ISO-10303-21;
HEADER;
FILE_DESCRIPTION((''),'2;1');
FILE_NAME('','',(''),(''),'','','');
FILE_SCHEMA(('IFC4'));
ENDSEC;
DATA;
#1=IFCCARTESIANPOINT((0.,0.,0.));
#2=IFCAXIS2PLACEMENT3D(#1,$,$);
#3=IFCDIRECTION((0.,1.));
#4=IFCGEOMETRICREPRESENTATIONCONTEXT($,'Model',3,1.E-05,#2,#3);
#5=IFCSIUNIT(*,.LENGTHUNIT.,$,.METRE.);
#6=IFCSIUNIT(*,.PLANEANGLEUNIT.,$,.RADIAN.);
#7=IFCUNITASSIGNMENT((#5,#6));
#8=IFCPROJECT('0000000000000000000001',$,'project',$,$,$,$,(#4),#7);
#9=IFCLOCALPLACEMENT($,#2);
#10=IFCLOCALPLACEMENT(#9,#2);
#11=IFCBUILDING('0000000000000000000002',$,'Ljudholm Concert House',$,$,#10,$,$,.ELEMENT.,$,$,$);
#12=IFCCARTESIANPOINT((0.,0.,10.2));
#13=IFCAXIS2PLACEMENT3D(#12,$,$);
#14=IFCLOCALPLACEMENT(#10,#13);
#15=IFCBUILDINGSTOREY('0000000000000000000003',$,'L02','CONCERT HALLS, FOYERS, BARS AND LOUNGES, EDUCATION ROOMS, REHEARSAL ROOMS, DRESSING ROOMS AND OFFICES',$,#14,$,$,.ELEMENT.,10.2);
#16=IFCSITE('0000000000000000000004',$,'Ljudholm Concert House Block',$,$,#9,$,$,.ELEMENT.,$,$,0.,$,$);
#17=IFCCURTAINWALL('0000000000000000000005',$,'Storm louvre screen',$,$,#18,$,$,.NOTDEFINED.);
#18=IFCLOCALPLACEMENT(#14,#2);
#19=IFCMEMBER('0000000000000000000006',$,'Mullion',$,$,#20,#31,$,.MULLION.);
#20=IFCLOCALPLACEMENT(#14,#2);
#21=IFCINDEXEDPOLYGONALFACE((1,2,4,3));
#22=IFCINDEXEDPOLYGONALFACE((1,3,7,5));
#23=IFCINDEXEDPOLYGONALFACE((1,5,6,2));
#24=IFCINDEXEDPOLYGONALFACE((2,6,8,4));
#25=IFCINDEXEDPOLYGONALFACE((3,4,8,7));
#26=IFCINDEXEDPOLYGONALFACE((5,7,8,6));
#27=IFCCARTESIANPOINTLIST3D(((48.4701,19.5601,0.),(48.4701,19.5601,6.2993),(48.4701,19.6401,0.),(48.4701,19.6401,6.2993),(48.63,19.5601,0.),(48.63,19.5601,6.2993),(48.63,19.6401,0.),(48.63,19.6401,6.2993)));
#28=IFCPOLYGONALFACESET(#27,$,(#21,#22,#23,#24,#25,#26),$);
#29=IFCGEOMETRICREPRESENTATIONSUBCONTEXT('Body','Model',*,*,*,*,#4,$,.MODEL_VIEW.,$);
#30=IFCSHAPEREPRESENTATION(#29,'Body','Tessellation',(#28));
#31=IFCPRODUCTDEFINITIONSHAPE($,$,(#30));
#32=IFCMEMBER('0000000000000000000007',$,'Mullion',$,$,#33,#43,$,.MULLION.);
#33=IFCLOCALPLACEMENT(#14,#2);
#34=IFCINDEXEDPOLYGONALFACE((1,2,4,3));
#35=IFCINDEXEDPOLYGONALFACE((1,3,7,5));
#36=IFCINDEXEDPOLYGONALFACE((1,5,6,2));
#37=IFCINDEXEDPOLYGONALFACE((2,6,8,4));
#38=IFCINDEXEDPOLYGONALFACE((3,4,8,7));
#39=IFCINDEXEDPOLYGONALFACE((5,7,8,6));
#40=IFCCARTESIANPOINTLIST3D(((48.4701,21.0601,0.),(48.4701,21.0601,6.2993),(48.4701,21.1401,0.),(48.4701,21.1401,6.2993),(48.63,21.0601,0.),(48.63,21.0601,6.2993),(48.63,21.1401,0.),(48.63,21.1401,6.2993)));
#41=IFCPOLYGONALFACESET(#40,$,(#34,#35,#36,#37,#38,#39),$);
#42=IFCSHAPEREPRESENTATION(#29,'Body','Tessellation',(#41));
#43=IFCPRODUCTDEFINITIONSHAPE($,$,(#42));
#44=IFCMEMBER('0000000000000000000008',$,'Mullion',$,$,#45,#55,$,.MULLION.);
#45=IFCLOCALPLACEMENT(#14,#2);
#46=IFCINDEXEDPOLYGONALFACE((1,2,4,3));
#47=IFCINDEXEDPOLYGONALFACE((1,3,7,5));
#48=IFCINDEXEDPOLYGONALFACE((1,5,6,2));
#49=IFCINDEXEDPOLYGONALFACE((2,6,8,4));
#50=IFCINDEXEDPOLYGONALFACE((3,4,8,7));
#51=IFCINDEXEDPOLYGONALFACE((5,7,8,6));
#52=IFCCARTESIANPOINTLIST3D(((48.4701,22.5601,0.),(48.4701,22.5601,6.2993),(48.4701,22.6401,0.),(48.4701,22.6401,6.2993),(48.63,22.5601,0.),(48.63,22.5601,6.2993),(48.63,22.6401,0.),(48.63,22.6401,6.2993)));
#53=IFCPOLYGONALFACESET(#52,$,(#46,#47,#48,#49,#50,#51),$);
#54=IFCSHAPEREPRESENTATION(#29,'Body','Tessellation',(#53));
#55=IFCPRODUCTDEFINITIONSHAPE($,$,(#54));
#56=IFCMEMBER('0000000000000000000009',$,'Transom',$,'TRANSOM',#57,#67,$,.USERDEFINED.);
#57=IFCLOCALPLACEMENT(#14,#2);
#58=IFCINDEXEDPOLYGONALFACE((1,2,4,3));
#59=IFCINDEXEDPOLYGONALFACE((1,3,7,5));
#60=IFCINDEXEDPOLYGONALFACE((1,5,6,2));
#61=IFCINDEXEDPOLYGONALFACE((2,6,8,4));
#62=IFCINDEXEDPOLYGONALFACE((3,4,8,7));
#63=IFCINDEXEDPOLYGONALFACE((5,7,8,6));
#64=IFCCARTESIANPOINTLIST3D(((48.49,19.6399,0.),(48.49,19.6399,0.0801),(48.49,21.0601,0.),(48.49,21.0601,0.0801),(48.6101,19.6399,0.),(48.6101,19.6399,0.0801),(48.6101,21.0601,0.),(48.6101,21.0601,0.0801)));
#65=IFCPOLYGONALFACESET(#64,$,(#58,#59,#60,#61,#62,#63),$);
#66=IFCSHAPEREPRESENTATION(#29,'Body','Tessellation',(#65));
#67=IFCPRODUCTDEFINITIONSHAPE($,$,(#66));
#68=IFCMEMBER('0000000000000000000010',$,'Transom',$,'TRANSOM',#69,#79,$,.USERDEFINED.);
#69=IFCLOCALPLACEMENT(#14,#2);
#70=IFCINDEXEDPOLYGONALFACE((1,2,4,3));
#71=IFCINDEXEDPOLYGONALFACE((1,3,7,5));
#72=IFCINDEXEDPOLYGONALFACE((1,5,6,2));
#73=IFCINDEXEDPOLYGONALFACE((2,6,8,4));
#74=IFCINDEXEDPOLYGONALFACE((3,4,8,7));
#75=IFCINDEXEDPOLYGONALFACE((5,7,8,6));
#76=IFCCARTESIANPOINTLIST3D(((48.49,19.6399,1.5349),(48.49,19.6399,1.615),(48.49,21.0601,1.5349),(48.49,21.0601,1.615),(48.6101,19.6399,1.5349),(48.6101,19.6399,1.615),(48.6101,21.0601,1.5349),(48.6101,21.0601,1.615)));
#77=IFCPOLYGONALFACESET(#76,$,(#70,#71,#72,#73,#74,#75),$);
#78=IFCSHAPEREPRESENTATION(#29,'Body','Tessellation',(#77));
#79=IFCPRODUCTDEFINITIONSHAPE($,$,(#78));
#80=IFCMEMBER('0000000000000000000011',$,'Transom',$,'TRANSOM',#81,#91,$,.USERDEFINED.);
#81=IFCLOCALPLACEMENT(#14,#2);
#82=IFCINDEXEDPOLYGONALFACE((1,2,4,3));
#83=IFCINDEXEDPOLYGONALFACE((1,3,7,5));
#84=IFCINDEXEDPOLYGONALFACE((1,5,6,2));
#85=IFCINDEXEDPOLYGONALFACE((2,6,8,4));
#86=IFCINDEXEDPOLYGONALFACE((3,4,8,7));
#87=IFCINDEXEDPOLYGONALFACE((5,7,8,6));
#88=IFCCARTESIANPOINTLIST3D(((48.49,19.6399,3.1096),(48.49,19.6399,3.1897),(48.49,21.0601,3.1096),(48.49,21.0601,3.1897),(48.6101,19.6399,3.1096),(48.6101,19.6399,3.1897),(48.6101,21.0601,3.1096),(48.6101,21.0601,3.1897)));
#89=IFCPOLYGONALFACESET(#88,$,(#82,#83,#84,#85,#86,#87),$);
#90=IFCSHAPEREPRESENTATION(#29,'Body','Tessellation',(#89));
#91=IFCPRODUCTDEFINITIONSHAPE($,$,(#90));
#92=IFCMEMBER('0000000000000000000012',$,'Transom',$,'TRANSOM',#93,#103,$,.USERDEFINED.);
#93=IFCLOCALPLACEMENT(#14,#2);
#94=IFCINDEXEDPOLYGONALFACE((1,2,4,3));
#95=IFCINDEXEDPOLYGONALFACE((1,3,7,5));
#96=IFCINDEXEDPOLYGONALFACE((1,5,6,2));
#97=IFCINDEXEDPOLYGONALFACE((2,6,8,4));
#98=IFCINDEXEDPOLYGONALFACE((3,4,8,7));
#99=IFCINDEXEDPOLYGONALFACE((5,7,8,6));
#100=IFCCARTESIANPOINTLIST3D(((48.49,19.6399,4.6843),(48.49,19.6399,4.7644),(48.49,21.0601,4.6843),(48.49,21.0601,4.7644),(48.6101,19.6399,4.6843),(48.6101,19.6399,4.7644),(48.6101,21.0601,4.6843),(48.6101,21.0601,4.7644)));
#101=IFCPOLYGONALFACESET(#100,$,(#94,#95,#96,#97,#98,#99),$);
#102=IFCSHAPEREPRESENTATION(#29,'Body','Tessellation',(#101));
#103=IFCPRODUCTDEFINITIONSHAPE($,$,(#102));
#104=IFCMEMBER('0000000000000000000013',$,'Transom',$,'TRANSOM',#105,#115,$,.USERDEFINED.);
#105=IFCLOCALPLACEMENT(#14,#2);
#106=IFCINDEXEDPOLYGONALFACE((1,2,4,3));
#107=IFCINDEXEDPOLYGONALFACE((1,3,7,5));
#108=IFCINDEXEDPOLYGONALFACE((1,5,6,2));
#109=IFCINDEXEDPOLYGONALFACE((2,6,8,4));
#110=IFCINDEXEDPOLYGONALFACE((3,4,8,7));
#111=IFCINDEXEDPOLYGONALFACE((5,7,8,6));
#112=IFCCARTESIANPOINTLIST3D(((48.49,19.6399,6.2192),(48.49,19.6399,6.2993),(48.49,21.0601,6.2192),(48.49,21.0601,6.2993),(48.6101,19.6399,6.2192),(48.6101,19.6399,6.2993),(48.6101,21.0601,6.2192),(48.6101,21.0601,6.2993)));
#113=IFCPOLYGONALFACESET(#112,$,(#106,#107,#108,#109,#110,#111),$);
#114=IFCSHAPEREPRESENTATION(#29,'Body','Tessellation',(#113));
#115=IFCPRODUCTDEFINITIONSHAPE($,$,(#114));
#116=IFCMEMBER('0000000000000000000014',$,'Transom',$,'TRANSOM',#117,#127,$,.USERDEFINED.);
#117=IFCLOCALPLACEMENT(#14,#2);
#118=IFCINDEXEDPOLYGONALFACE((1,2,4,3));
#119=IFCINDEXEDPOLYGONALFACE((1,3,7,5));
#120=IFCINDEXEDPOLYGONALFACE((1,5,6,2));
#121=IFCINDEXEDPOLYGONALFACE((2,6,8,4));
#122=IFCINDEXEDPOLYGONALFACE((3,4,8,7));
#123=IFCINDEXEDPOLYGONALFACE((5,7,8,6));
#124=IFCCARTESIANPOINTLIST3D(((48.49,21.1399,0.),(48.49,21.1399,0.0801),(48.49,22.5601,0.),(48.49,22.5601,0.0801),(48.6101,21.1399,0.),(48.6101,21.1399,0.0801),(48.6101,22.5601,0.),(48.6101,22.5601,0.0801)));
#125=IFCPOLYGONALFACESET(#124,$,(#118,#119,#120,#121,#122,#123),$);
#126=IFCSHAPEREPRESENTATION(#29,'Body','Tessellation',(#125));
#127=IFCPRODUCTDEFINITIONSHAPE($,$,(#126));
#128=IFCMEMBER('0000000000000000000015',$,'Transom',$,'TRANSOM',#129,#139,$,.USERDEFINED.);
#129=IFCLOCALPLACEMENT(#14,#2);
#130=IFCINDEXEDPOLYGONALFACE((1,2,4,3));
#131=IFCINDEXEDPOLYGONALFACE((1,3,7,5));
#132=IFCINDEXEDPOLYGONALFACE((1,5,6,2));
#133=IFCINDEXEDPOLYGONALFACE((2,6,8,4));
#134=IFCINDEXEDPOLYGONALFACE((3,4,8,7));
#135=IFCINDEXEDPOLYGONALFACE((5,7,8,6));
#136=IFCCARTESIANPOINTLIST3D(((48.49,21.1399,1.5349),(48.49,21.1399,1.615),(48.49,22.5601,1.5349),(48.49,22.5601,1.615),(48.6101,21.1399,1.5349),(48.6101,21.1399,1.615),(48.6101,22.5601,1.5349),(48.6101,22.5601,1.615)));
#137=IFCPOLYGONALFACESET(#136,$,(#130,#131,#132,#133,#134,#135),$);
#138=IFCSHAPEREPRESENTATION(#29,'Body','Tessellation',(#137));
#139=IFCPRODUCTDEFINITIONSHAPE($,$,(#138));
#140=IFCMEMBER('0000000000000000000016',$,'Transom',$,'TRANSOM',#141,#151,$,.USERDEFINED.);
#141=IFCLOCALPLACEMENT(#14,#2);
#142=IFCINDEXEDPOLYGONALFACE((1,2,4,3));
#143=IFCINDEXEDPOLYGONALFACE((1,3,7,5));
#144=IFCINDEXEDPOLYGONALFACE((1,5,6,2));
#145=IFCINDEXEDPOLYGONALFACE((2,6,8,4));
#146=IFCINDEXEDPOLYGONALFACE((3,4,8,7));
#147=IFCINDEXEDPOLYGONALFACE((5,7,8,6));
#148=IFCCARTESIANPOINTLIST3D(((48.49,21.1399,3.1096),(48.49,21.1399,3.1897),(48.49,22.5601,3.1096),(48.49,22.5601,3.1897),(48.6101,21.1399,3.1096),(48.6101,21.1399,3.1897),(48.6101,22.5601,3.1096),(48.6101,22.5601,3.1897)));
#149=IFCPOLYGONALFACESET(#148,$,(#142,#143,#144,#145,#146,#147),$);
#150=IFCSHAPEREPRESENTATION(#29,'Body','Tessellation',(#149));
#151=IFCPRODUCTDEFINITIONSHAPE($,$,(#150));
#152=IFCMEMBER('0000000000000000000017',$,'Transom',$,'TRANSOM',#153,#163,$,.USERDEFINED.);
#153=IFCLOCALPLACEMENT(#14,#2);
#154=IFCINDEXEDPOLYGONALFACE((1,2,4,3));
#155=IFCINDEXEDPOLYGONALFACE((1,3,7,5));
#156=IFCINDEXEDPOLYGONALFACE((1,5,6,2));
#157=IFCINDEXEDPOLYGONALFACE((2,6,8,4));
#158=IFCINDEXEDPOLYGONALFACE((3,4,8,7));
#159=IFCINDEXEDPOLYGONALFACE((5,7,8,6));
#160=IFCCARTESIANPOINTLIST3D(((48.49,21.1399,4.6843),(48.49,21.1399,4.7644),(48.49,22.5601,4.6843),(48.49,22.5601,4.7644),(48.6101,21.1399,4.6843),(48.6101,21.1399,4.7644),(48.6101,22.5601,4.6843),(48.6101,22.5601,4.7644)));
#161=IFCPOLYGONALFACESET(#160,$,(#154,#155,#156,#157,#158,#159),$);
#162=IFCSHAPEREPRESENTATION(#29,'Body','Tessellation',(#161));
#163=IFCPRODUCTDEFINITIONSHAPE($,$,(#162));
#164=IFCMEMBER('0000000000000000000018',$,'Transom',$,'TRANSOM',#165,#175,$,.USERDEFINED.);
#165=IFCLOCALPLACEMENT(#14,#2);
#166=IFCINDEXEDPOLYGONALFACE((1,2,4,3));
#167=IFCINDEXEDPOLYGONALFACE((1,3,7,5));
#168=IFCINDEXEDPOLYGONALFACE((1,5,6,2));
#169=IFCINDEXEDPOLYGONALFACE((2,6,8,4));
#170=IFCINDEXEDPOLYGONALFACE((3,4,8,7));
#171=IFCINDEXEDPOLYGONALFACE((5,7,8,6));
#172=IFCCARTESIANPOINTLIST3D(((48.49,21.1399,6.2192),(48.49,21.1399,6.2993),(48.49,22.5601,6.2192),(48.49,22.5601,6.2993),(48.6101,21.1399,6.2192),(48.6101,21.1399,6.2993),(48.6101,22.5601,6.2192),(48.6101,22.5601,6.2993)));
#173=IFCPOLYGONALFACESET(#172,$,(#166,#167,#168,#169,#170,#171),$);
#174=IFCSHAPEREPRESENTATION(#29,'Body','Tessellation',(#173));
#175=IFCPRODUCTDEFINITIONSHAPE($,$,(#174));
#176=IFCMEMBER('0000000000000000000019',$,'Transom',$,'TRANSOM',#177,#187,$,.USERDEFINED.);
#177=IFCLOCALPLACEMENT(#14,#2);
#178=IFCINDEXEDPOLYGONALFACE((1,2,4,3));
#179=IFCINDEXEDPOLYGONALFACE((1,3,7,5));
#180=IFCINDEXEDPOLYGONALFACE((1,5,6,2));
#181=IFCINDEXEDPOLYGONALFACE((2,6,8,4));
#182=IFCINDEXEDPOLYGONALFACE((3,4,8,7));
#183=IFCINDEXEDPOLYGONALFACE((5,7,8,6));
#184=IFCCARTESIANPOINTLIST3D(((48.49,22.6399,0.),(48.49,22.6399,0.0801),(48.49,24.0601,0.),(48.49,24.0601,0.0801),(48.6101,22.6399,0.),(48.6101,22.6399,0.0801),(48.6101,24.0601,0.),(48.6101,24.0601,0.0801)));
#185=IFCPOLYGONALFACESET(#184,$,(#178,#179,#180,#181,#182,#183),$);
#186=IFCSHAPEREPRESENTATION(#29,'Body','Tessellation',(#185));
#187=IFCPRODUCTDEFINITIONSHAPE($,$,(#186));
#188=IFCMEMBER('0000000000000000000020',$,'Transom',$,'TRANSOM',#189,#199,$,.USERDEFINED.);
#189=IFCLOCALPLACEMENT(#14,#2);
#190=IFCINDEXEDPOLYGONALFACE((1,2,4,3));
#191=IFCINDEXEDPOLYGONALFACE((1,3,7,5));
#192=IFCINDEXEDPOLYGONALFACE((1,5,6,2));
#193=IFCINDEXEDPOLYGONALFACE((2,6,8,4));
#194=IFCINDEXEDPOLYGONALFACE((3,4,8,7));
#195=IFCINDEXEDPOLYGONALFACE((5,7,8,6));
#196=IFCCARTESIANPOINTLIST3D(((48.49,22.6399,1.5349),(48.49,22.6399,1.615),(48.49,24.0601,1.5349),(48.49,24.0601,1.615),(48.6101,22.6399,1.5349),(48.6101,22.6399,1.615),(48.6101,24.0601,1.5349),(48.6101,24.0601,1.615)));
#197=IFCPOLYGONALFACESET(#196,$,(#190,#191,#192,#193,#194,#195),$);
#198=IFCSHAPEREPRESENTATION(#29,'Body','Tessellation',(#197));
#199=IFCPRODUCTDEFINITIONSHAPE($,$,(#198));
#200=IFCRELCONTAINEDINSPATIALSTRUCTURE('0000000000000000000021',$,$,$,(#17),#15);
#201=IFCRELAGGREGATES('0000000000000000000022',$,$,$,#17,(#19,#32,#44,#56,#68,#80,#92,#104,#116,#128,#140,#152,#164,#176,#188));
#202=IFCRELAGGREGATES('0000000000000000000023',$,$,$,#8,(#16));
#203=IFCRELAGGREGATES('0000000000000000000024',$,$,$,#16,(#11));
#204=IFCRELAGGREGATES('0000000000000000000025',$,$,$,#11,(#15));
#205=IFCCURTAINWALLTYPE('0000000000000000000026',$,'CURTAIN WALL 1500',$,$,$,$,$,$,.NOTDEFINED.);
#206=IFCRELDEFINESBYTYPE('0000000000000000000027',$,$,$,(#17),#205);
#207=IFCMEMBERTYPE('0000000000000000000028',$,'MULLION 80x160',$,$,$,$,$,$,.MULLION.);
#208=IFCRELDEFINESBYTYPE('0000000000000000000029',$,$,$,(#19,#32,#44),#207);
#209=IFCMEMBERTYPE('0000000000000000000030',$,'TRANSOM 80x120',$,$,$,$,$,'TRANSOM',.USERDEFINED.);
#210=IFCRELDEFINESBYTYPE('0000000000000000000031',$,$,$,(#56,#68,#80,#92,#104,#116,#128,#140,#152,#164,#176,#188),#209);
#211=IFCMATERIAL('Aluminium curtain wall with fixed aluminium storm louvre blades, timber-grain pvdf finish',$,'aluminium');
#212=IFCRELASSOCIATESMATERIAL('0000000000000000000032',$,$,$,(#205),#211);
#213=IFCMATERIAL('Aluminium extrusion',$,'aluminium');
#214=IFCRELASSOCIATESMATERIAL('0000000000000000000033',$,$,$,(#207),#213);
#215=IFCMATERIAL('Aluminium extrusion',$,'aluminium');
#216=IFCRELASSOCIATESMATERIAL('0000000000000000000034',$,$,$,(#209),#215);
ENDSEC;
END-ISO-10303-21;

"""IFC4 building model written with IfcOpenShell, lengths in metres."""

from ifc_helpers import new_model, si_unit, direction, frame, origin, origin_2d, place, context, subcontext, project, spatial, rectangle, extrude, material, material_profile, profile_set, type_object, element, aggregate, save


model = new_model("IFC4")

# Units and contexts
model_context = context("Model", 3, precision=1e-05, world=origin(), true_north=direction((0.0, 1.0)))
body_context = subcontext(model_context, "Body", "Model", "MODEL_VIEW")
ifc_project = project(units=[si_unit("LENGTHUNIT", "METRE"), si_unit("PLANEANGLEUNIT", "RADIAN")], contexts=[model_context])

# Site, building, storey
site_placement = place(None, origin())
site = spatial("IfcSite", under=ifc_project, at=site_placement, Name="Ljudholm Concert House Block", CompositionType="ELEMENT", RefElevation=0.0)
building_placement = place(site_placement, origin())
building = spatial("IfcBuilding", under=site, at=building_placement, Name="Ljudholm Concert House", CompositionType="ELEMENT")
storey_placement = place(building_placement, frame((0.0, 0.0, 10.2)))
storey = spatial("IfcBuildingStorey", under=building, at=storey_placement, Name="L02", Description="CONCERT HALLS, FOYERS, BARS AND LOUNGES, EDUCATION ROOMS, REHEARSAL ROOMS, DRESSING ROOMS AND OFFICES", CompositionType="ELEMENT", Elevation=10.2)

# Curtain wall, members
ifc_material_1 = material(Name="Aluminium curtain wall with fixed aluminium storm louvre blades, timber-grain pvdf finish", Category="aluminium")
curtain_wall_type = type_object("IfcCurtainWallType", Name="CURTAIN WALL 1500", PredefinedType="NOTDEFINED", material=ifc_material_1)
curtain_wall_placement = place(storey_placement, origin())
curtain_wall = element("IfcCurtainWall", 1, at=curtain_wall_placement, inside=storey, type_object=curtain_wall_type, Name="Storm louvre screen", PredefinedType="NOTDEFINED")
ifc_material_2 = material(Name="Aluminium extrusion", Category="aluminium")
ifc_material_profile_1 = material_profile(ifc_material_2, rectangle(XDim=0.1599, YDim=0.0801, at=origin_2d()), Name="MULLION 80x160")
ifc_profile_set_1 = profile_set([ifc_material_profile_1], Name="Aluminium extrusion")
member_type_1 = type_object("IfcMemberType", Name="MULLION 80x160", PredefinedType="MULLION", material=ifc_profile_set_1)
member_1_placement = place(storey_placement, frame((48.55, 19.6001, 0.0), z_axis=(0.0, 0.0, 1.0), x_axis=(-1.0, 0.0, 0.0)))
member_1 = element("IfcMember", 2, at=member_1_placement, type_object=member_type_1, Name="Mullion", PredefinedType="MULLION", context=body_context, shape_type="SweptSolid", body=[
    extrude(rectangle(XDim=0.1599, YDim=0.0801, at=origin_2d()), origin(), (0.0, 0.0, 1.0), 6.2993),
])
member_2_placement = place(storey_placement, frame((48.55, 21.1001, 0.0), z_axis=(0.0, 0.0, 1.0), x_axis=(-1.0, 0.0, 0.0)))
member_2 = element("IfcMember", 3, at=member_2_placement, type_object=member_type_1, Name="Mullion", PredefinedType="MULLION", context=body_context, shape_type="SweptSolid", body=[
    extrude(rectangle(XDim=0.1599, YDim=0.0801, at=origin_2d()), origin(), (0.0, 0.0, 1.0), 6.2993),
])
member_3_placement = place(storey_placement, frame((48.55, 22.6001, 0.0), z_axis=(0.0, 0.0, 1.0), x_axis=(-1.0, 0.0, 0.0)))
member_3 = element("IfcMember", 4, at=member_3_placement, type_object=member_type_1, Name="Mullion", PredefinedType="MULLION", context=body_context, shape_type="SweptSolid", body=[
    extrude(rectangle(XDim=0.1599, YDim=0.0801, at=origin_2d()), origin(), (0.0, 0.0, 1.0), 6.2993),
])
ifc_material_3 = material(Name="Aluminium extrusion", Category="aluminium")
ifc_material_profile_2 = material_profile(ifc_material_3, rectangle(XDim=0.1201, YDim=0.0801, at=origin_2d()), Name="TRANSOM 80x120")
ifc_profile_set_2 = profile_set([ifc_material_profile_2], Name="Aluminium extrusion")
member_type_2 = type_object("IfcMemberType", Name="TRANSOM 80x120", ElementType="TRANSOM", PredefinedType="USERDEFINED", material=ifc_profile_set_2)
member_4_placement = place(storey_placement, frame((48.55, 19.6399, 0.04), z_axis=(0.0, 1.0, 0.0), x_axis=(-1.0, 0.0, 0.0)))
member_4 = element("IfcMember", 5, at=member_4_placement, type_object=member_type_2, Name="Transom", ObjectType="TRANSOM", PredefinedType="USERDEFINED", context=body_context, shape_type="SweptSolid", body=[
    extrude(rectangle(XDim=0.1201, YDim=0.0801, at=origin_2d()), origin(), (0.0, 0.0, 1.0), 1.4202),
])
member_5_placement = place(storey_placement, frame((48.55, 19.6399, 1.575), z_axis=(0.0, 1.0, 0.0), x_axis=(-1.0, 0.0, 0.0)))
member_5 = element("IfcMember", 6, at=member_5_placement, type_object=member_type_2, Name="Transom", ObjectType="TRANSOM", PredefinedType="USERDEFINED", context=body_context, shape_type="SweptSolid", body=[
    extrude(rectangle(XDim=0.1201, YDim=0.0801, at=origin_2d()), origin(), (0.0, 0.0, 1.0), 1.4202),
])
member_6_placement = place(storey_placement, frame((48.55, 19.6399, 3.1497), z_axis=(0.0, 1.0, 0.0), x_axis=(-1.0, 0.0, 0.0)))
member_6 = element("IfcMember", 7, at=member_6_placement, type_object=member_type_2, Name="Transom", ObjectType="TRANSOM", PredefinedType="USERDEFINED", context=body_context, shape_type="SweptSolid", body=[
    extrude(rectangle(XDim=0.1201, YDim=0.0801, at=origin_2d()), origin(), (0.0, 0.0, 1.0), 1.4202),
])
member_7_placement = place(storey_placement, frame((48.55, 19.6399, 4.7244), z_axis=(0.0, 1.0, 0.0), x_axis=(-1.0, 0.0, 0.0)))
member_7 = element("IfcMember", 8, at=member_7_placement, type_object=member_type_2, Name="Transom", ObjectType="TRANSOM", PredefinedType="USERDEFINED", context=body_context, shape_type="SweptSolid", body=[
    extrude(rectangle(XDim=0.1201, YDim=0.0801, at=origin_2d()), origin(), (0.0, 0.0, 1.0), 1.4202),
])
member_8_placement = place(storey_placement, frame((48.55, 19.6399, 6.2593), z_axis=(0.0, 1.0, 0.0), x_axis=(-1.0, 0.0, 0.0)))
member_8 = element("IfcMember", 9, at=member_8_placement, type_object=member_type_2, Name="Transom", ObjectType="TRANSOM", PredefinedType="USERDEFINED", context=body_context, shape_type="SweptSolid", body=[
    extrude(rectangle(XDim=0.1201, YDim=0.0801, at=origin_2d()), origin(), (0.0, 0.0, 1.0), 1.4202),
])
member_9_placement = place(storey_placement, frame((48.55, 21.1399, 0.04), z_axis=(0.0, 1.0, 0.0), x_axis=(-1.0, 0.0, 0.0)))
member_9 = element("IfcMember", 10, at=member_9_placement, type_object=member_type_2, Name="Transom", ObjectType="TRANSOM", PredefinedType="USERDEFINED", context=body_context, shape_type="SweptSolid", body=[
    extrude(rectangle(XDim=0.1201, YDim=0.0801, at=origin_2d()), origin(), (0.0, 0.0, 1.0), 1.4202),
])
member_10_placement = place(storey_placement, frame((48.55, 21.1399, 1.575), z_axis=(0.0, 1.0, 0.0), x_axis=(-1.0, 0.0, 0.0)))
member_10 = element("IfcMember", 11, at=member_10_placement, type_object=member_type_2, Name="Transom", ObjectType="TRANSOM", PredefinedType="USERDEFINED", context=body_context, shape_type="SweptSolid", body=[
    extrude(rectangle(XDim=0.1201, YDim=0.0801, at=origin_2d()), origin(), (0.0, 0.0, 1.0), 1.4202),
])
member_11_placement = place(storey_placement, frame((48.55, 21.1399, 3.1497), z_axis=(0.0, 1.0, 0.0), x_axis=(-1.0, 0.0, 0.0)))
member_11 = element("IfcMember", 12, at=member_11_placement, type_object=member_type_2, Name="Transom", ObjectType="TRANSOM", PredefinedType="USERDEFINED", context=body_context, shape_type="SweptSolid", body=[
    extrude(rectangle(XDim=0.1201, YDim=0.0801, at=origin_2d()), origin(), (0.0, 0.0, 1.0), 1.4202),
])
member_12_placement = place(storey_placement, frame((48.55, 21.1399, 4.7244), z_axis=(0.0, 1.0, 0.0), x_axis=(-1.0, 0.0, 0.0)))
member_12 = element("IfcMember", 13, at=member_12_placement, type_object=member_type_2, Name="Transom", ObjectType="TRANSOM", PredefinedType="USERDEFINED", context=body_context, shape_type="SweptSolid", body=[
    extrude(rectangle(XDim=0.1201, YDim=0.0801, at=origin_2d()), origin(), (0.0, 0.0, 1.0), 1.4202),
])
member_13_placement = place(storey_placement, frame((48.55, 21.1399, 6.2593), z_axis=(0.0, 1.0, 0.0), x_axis=(-1.0, 0.0, 0.0)))
member_13 = element("IfcMember", 14, at=member_13_placement, type_object=member_type_2, Name="Transom", ObjectType="TRANSOM", PredefinedType="USERDEFINED", context=body_context, shape_type="SweptSolid", body=[
    extrude(rectangle(XDim=0.1201, YDim=0.0801, at=origin_2d()), origin(), (0.0, 0.0, 1.0), 1.4202),
])
member_14_placement = place(storey_placement, frame((48.55, 22.6399, 0.04), z_axis=(0.0, 1.0, 0.0), x_axis=(-1.0, 0.0, 0.0)))
member_14 = element("IfcMember", 15, at=member_14_placement, type_object=member_type_2, Name="Transom", ObjectType="TRANSOM", PredefinedType="USERDEFINED", context=body_context, shape_type="SweptSolid", body=[
    extrude(rectangle(XDim=0.1201, YDim=0.0801, at=origin_2d()), origin(), (0.0, 0.0, 1.0), 1.4202),
])
member_15_placement = place(storey_placement, frame((48.55, 22.6399, 1.575), z_axis=(0.0, 1.0, 0.0), x_axis=(-1.0, 0.0, 0.0)))
member_15 = element("IfcMember", 16, at=member_15_placement, type_object=member_type_2, Name="Transom", ObjectType="TRANSOM", PredefinedType="USERDEFINED", context=body_context, shape_type="SweptSolid", body=[
    extrude(rectangle(XDim=0.1201, YDim=0.0801, at=origin_2d()), origin(), (0.0, 0.0, 1.0), 1.4202),
])
aggregate(curtain_wall, [member_1, member_2, member_3, member_4, member_5, member_6, member_7, member_8, member_9, member_10, member_11, member_12, member_13, member_14, member_15])

save(model, "model.ifc")
